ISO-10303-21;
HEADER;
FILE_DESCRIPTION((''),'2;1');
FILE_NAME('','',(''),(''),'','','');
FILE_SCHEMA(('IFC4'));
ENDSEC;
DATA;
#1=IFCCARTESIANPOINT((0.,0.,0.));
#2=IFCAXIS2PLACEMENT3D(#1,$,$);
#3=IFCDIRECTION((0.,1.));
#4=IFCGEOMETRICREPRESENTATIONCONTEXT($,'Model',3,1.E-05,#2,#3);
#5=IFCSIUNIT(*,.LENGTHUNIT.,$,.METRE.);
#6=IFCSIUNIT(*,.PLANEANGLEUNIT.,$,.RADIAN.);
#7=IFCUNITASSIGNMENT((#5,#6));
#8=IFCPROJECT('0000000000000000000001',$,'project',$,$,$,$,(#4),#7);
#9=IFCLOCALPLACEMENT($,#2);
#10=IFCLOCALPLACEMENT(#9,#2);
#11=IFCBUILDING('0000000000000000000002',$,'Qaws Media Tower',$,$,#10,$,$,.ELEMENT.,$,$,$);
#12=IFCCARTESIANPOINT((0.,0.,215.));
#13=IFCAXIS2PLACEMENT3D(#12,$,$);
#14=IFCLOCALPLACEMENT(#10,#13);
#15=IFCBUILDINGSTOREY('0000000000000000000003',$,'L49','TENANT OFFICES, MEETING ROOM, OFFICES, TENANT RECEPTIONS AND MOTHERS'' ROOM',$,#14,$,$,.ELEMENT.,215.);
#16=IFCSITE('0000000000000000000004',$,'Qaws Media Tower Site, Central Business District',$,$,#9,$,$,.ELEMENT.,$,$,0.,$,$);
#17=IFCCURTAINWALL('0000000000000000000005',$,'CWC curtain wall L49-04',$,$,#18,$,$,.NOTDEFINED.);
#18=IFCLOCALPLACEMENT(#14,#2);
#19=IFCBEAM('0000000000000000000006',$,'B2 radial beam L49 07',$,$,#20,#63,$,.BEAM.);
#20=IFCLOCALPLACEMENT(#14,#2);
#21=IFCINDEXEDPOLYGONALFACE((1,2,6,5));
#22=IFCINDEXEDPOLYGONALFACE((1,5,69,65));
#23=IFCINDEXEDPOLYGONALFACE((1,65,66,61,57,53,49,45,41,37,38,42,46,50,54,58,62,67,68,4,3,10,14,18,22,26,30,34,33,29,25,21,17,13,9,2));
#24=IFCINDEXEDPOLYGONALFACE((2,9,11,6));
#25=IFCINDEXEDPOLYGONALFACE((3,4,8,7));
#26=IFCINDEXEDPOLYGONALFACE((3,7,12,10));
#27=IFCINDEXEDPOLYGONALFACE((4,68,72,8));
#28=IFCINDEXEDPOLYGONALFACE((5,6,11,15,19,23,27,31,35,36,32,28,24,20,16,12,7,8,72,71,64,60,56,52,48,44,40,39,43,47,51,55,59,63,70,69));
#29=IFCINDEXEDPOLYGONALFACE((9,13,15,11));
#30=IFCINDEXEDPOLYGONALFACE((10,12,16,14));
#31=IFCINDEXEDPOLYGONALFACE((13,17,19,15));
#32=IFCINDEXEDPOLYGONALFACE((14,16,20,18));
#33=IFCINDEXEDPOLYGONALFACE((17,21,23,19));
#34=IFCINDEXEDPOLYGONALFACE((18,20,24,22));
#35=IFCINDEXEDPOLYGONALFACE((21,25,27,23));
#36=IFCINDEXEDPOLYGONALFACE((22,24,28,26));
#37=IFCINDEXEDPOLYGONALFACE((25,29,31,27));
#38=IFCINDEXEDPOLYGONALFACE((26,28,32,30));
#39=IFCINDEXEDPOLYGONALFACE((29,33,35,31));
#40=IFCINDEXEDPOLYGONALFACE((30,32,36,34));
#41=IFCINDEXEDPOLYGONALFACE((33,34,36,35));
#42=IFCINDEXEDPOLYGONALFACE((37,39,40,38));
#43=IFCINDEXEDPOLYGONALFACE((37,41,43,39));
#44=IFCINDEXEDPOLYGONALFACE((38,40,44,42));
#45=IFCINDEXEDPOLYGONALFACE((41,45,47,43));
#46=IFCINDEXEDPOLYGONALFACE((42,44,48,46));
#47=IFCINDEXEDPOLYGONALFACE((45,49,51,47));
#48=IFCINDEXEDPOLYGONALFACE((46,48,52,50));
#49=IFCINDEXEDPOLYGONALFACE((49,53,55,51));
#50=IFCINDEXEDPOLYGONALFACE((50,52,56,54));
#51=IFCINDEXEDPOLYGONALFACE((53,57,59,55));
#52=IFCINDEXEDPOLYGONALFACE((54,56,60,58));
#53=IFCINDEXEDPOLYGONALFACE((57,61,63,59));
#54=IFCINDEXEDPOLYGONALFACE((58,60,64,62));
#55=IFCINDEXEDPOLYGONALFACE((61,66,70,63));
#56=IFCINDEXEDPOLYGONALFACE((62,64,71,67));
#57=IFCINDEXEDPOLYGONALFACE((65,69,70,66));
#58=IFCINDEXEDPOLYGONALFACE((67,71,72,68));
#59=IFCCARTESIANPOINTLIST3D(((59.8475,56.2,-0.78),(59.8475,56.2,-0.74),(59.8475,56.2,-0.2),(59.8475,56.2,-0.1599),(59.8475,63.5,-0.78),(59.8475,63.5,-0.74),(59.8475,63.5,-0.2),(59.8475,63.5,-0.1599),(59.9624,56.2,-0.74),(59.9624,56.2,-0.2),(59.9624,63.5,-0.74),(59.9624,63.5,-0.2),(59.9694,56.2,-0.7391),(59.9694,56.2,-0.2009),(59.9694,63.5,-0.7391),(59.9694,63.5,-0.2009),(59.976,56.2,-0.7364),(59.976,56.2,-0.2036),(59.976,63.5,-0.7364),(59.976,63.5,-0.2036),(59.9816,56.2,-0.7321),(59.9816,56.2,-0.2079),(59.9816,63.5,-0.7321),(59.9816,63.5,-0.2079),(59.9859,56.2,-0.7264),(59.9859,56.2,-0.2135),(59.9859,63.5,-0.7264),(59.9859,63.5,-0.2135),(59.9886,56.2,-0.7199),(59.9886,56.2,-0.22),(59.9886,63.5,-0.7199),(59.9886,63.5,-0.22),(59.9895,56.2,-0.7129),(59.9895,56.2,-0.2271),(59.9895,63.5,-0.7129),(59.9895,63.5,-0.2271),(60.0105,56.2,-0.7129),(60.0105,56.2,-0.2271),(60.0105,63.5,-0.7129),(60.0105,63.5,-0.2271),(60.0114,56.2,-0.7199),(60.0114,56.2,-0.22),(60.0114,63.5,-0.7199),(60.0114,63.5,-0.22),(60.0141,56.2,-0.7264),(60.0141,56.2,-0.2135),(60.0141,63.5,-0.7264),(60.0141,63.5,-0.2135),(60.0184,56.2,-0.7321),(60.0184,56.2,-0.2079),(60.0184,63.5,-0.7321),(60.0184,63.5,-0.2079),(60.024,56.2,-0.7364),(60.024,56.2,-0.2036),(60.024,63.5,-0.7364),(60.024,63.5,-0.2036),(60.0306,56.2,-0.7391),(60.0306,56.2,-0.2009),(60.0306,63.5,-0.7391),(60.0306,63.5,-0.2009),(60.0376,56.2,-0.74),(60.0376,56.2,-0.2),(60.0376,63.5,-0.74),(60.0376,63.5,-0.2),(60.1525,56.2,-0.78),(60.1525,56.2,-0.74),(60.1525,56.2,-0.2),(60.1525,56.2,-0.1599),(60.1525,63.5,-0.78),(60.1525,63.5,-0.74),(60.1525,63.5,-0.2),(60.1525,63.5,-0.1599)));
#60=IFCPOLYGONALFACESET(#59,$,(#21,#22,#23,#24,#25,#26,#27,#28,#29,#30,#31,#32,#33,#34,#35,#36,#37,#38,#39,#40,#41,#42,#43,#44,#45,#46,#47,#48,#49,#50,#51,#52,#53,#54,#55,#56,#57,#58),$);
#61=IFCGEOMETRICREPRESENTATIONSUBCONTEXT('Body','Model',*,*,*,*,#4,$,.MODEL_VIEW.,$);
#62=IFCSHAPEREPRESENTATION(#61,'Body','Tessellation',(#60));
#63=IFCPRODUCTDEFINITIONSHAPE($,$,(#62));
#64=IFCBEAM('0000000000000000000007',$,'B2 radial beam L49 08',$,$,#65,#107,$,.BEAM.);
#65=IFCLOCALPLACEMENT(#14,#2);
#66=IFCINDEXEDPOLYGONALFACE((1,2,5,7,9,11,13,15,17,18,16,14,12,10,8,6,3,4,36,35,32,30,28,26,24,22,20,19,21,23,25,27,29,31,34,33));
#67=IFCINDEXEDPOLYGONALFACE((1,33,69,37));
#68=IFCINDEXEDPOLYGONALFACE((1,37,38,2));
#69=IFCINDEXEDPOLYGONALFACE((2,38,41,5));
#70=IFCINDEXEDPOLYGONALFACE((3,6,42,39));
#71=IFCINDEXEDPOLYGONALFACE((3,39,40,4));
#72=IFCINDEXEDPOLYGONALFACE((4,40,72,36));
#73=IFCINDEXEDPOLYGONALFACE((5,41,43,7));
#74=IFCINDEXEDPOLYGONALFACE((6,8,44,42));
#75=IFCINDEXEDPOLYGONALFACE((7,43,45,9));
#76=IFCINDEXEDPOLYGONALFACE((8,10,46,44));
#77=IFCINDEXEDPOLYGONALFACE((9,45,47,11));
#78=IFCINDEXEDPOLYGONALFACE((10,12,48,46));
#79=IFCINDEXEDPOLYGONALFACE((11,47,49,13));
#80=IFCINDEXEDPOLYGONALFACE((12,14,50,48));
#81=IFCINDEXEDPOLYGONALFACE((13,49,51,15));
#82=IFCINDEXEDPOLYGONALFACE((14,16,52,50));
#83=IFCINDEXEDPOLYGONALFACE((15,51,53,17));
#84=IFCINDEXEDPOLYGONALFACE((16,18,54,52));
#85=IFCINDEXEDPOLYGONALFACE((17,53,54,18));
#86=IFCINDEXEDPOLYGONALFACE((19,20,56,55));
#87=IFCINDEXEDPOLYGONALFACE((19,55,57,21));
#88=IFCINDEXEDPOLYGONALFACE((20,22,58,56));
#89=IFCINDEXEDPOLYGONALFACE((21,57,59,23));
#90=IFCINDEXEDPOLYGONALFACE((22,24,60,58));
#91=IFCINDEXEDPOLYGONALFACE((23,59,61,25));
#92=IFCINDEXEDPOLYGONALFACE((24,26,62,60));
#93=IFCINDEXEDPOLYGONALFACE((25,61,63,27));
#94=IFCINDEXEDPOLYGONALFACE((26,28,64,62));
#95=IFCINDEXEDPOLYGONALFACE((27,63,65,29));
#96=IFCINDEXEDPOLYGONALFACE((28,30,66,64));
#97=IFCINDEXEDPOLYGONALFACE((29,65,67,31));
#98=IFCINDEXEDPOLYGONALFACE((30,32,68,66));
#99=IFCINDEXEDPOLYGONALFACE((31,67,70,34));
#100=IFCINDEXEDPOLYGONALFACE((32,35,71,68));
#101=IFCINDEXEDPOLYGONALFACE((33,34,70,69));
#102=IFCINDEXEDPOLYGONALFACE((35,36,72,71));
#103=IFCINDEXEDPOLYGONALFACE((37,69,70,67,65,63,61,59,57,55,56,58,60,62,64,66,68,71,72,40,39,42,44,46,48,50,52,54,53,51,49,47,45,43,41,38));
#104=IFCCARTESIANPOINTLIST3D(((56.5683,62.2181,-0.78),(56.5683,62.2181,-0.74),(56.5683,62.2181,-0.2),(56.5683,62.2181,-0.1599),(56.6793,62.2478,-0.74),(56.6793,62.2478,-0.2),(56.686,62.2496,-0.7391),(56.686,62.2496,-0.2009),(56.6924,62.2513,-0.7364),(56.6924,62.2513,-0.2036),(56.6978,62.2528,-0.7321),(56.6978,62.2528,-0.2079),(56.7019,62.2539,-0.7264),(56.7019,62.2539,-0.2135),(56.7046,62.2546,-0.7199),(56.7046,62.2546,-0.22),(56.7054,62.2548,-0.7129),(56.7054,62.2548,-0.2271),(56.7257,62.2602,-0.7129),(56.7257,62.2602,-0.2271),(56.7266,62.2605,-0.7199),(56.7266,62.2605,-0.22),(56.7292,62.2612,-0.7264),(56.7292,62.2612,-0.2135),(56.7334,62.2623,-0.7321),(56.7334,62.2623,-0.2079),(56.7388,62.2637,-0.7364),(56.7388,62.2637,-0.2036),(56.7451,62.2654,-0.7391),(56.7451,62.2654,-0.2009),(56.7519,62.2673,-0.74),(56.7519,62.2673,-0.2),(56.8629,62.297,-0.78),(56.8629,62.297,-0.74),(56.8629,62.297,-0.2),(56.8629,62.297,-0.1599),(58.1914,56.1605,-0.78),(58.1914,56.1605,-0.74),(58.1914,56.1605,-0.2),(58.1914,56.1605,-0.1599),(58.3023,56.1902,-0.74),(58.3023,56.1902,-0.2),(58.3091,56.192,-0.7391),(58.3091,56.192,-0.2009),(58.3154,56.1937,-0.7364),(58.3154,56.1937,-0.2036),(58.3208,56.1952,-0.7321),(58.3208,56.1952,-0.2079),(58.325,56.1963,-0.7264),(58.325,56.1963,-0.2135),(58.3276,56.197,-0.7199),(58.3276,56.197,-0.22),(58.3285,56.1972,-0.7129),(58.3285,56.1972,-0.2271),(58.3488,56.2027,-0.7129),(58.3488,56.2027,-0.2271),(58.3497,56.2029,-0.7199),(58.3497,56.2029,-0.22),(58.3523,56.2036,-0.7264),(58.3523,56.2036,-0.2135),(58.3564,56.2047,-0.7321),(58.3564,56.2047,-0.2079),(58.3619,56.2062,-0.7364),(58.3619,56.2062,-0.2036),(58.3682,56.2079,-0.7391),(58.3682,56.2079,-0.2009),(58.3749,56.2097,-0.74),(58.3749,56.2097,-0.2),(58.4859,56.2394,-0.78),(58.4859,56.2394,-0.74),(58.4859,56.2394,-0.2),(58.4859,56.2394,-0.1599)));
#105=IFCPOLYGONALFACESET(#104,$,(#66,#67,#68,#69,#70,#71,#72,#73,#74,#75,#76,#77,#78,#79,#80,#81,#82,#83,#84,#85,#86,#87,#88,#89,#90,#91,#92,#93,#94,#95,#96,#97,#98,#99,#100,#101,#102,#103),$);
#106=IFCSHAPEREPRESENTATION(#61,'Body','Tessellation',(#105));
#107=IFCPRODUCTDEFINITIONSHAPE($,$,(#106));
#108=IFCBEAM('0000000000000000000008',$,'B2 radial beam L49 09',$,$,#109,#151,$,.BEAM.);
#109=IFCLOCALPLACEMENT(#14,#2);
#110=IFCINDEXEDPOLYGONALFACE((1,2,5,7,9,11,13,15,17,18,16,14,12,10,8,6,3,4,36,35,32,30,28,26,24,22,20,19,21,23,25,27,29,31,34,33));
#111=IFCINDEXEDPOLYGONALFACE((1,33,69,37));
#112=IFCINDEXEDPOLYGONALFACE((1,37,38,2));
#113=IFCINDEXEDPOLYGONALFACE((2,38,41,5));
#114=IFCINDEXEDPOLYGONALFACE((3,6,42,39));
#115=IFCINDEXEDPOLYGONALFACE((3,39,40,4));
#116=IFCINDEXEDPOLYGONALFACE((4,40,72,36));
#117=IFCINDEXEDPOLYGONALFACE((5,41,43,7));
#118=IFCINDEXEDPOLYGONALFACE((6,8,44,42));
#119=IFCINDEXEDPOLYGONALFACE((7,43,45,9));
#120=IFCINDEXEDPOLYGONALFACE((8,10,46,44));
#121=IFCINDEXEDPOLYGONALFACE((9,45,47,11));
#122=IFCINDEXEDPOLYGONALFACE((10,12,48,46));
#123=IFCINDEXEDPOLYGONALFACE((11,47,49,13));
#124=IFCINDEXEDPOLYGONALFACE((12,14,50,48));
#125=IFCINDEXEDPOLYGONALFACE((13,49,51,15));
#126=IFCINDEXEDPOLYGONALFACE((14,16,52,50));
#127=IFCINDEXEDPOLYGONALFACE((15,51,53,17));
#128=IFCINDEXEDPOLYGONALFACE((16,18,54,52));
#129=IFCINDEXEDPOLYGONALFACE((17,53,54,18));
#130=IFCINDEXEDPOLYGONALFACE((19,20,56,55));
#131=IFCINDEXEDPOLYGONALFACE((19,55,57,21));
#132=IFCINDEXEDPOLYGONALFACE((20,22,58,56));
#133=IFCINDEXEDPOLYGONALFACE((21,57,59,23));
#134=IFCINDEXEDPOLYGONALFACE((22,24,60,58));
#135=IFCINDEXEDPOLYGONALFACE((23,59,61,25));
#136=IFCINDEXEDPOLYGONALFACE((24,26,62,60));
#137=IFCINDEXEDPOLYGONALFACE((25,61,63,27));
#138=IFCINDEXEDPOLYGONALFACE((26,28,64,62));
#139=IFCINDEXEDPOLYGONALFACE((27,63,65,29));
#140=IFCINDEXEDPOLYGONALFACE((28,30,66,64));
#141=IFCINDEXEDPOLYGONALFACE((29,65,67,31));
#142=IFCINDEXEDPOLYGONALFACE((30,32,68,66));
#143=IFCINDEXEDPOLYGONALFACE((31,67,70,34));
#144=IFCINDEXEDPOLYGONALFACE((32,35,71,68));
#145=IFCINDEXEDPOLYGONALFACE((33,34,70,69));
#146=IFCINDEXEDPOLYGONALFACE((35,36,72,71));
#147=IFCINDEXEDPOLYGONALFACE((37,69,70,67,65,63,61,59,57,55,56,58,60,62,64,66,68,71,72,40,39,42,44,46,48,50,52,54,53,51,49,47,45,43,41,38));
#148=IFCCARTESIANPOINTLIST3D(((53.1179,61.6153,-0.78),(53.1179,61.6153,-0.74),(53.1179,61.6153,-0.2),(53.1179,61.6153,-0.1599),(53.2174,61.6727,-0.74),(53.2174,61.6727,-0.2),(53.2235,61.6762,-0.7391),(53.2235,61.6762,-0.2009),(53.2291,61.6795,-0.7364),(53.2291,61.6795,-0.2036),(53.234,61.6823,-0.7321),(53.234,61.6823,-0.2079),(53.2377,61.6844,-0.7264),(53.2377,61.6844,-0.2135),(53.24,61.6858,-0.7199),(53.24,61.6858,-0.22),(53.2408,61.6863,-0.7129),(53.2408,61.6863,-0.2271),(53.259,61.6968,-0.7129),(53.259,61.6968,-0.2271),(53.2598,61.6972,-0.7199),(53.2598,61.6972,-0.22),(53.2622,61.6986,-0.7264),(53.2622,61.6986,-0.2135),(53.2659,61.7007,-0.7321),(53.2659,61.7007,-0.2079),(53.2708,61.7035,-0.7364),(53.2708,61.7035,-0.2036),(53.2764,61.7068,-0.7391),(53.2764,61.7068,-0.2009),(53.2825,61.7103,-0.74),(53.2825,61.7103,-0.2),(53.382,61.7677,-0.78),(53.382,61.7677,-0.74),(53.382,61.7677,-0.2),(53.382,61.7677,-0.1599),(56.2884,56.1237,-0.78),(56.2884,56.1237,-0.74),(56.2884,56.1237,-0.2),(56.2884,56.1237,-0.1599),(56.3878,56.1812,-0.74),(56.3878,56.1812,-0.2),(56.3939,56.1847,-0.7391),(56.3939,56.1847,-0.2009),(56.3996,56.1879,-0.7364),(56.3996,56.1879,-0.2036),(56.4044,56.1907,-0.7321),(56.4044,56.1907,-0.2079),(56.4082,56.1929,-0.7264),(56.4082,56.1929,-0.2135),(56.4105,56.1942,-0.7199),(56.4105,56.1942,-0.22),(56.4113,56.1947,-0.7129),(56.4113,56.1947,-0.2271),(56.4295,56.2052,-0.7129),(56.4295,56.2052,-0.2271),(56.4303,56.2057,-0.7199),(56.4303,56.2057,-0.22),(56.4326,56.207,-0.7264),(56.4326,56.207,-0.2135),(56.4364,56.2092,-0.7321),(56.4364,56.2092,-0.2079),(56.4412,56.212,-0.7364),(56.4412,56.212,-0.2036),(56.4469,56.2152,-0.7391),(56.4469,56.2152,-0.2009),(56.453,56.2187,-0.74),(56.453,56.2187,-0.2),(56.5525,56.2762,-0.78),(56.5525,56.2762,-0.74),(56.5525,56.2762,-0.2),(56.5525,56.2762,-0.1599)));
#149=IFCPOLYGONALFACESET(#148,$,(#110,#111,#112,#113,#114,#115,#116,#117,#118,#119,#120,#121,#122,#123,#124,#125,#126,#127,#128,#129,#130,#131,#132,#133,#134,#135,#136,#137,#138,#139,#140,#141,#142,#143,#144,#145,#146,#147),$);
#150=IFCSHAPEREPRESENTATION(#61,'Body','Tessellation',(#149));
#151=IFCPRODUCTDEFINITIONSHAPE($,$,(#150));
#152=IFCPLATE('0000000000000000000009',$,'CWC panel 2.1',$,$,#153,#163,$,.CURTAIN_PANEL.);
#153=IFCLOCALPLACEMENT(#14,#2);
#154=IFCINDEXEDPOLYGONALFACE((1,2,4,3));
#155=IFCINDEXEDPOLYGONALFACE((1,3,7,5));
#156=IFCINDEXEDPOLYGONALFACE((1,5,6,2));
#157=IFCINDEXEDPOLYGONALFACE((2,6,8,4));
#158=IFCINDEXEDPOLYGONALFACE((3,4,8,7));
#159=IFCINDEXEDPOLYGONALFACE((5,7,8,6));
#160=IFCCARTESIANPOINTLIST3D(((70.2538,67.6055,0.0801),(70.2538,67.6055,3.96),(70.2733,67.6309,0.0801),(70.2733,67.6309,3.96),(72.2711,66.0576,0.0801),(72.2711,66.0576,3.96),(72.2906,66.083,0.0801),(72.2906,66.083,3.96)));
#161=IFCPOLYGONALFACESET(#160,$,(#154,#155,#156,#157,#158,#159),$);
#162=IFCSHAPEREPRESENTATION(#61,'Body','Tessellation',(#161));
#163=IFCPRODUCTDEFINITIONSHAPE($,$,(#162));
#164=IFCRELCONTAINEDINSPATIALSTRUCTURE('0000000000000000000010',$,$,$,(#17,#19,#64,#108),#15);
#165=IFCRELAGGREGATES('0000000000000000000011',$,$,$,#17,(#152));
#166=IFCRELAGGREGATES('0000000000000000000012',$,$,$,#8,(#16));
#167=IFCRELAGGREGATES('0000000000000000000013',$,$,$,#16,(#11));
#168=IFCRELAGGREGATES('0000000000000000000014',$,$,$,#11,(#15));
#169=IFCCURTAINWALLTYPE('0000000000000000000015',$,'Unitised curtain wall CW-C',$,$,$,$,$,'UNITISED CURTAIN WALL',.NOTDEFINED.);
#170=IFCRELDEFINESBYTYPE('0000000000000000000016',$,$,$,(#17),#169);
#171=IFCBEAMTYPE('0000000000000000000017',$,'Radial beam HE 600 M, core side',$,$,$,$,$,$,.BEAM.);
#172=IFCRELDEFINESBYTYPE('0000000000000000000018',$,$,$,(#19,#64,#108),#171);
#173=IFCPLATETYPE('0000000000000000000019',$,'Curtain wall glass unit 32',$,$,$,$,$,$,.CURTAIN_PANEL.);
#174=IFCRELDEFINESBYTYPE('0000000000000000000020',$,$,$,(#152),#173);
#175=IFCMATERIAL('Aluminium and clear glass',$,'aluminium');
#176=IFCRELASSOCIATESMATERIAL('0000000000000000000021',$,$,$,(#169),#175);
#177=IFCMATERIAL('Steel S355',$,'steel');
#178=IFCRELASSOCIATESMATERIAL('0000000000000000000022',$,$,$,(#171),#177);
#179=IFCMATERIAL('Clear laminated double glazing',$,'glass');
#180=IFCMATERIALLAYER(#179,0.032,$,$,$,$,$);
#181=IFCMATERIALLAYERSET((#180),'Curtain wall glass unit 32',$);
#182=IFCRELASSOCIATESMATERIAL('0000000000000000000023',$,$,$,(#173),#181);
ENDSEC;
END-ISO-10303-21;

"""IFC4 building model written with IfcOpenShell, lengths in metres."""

from ifc_helpers import new_model, si_unit, direction, frame, origin, origin_2d, place, context, subcontext, project, spatial, rectangle, i_section, extrude, material, layer, layer_set, material_profile, profile_set, type_object, element, aggregate, save


model = new_model("IFC4")

# Units and contexts
model_context = context("Model", 3, precision=1e-05, world=origin(), true_north=direction((0.0, 1.0)))
body_context = subcontext(model_context, "Body", "Model", "MODEL_VIEW")
ifc_project = project(units=[si_unit("LENGTHUNIT", "METRE"), si_unit("PLANEANGLEUNIT", "RADIAN")], contexts=[model_context])

# Site, building, storey
site_placement = place(None, origin())
site = spatial("IfcSite", under=ifc_project, at=site_placement, Name="Qaws Media Tower Site, Central Business District", CompositionType="ELEMENT", RefElevation=0.0)
building_placement = place(site_placement, origin())
building = spatial("IfcBuilding", under=site, at=building_placement, Name="Qaws Media Tower", CompositionType="ELEMENT")
storey_placement = place(building_placement, frame((0.0, 0.0, 215.0)))
storey = spatial("IfcBuildingStorey", under=building, at=storey_placement, Name="L49", Description="TENANT OFFICES, MEETING ROOM, OFFICES, TENANT RECEPTIONS AND MOTHERS' ROOM", CompositionType="ELEMENT", Elevation=215.0)

# Curtain wall
ifc_material_1 = material(Name="Aluminium and clear glass", Category="aluminium")
curtain_wall_type = type_object("IfcCurtainWallType", Name="Unitised curtain wall CW-C", ElementType="UNITISED CURTAIN WALL", PredefinedType="NOTDEFINED", material=ifc_material_1)
curtain_wall_1_placement = place(storey_placement, origin())
curtain_wall_1 = element("IfcCurtainWall", 1, at=curtain_wall_1_placement, inside=storey, type_object=curtain_wall_type, Name="CWC curtain wall L49-04", PredefinedType="NOTDEFINED")

# Beams
ifc_material_2 = material(Name="Steel S355", Category="steel")
ifc_material_profile_1 = material_profile(ifc_material_2, i_section(OverallWidth=0.3049, OverallDepth=0.6201, WebThickness=0.021, FlangeThickness=0.04, FilletRadius=0.0271, at=origin_2d()), Name="HE 600 M")
ifc_profile_set_1 = profile_set([ifc_material_profile_1], Name="Steel S355")
beam_type_1 = type_object("IfcBeamType", Name="Radial beam HE 600 M, core side", PredefinedType="BEAM", material=ifc_profile_set_1)
beam_1_placement = place(storey_placement, frame((60.0, 56.2, -0.47), z_axis=(0.0, 1.0, 0.0), x_axis=(-1.0, 0.0, 0.0)))
element("IfcBeam", 2, at=beam_1_placement, inside=storey, type_object=beam_type_1, Name="B2 radial beam L49 07", PredefinedType="BEAM", context=body_context, shape_type="SweptSolid", body=[
    extrude(i_section(OverallWidth=0.3049, OverallDepth=0.6201, WebThickness=0.021, FlangeThickness=0.04, FilletRadius=0.0271, at=origin_2d()), origin(), (0.0, 0.0, 1.0), 7.3),
])
beam_2_placement = place(storey_placement, frame((58.3386, 56.2, -0.47), z_axis=(-0.258806, 0.965929, 0.0), x_axis=(-0.965929, -0.258806, 0.0)))
element("IfcBeam", 3, at=beam_2_placement, inside=storey, type_object=beam_type_1, Name="B2 radial beam L49 08", PredefinedType="BEAM", context=body_context, shape_type="SweptSolid", body=[
    extrude(i_section(OverallWidth=0.3049, OverallDepth=0.6201, WebThickness=0.021, FlangeThickness=0.04, FilletRadius=0.0271, at=origin_2d()), origin(), (0.0, 0.0, 1.0), 6.2712),
])
beam_3_placement = place(storey_placement, frame((56.4204, 56.2, -0.47), z_axis=(-0.49999, 0.866031, 0.0), x_axis=(-0.866031, -0.49999, 0.0)))
element("IfcBeam", 4, at=beam_3_placement, inside=storey, type_object=beam_type_1, Name="B2 radial beam L49 09", PredefinedType="BEAM", context=body_context, shape_type="SweptSolid", body=[
    extrude(i_section(OverallWidth=0.3049, OverallDepth=0.6201, WebThickness=0.021, FlangeThickness=0.04, FilletRadius=0.0271, at=origin_2d()), origin(), (0.0, 0.0, 1.0), 6.3411),
])

# Plate
ifc_material_3 = material(Name="Clear laminated double glazing", Category="glass")
ifc_layer_1 = layer(ifc_material_3, 0.032)
ifc_layer_set_1 = layer_set([ifc_layer_1], Name="Curtain wall glass unit 32")
plate_type = type_object("IfcPlateType", Name="Curtain wall glass unit 32", PredefinedType="CURTAIN_PANEL", material=ifc_layer_set_1)
plate_placement = place(storey_placement, frame((71.2722, 66.8442, 0.0801), z_axis=(0.0, 0.0, 1.0), x_axis=(-0.793353, 0.608761, 0.0)))
plate = element("IfcPlate", 5, at=plate_placement, type_object=plate_type, Name="CWC panel 2.1", PredefinedType="CURTAIN_PANEL", context=body_context, shape_type="SweptSolid", body=[
    extrude(rectangle(XDim=2.5427, YDim=0.032, at=origin_2d()), origin(), (0.0, 0.0, 1.0), 3.8799),
])
aggregate(curtain_wall_1, [plate])

save(model, "model.ifc")
